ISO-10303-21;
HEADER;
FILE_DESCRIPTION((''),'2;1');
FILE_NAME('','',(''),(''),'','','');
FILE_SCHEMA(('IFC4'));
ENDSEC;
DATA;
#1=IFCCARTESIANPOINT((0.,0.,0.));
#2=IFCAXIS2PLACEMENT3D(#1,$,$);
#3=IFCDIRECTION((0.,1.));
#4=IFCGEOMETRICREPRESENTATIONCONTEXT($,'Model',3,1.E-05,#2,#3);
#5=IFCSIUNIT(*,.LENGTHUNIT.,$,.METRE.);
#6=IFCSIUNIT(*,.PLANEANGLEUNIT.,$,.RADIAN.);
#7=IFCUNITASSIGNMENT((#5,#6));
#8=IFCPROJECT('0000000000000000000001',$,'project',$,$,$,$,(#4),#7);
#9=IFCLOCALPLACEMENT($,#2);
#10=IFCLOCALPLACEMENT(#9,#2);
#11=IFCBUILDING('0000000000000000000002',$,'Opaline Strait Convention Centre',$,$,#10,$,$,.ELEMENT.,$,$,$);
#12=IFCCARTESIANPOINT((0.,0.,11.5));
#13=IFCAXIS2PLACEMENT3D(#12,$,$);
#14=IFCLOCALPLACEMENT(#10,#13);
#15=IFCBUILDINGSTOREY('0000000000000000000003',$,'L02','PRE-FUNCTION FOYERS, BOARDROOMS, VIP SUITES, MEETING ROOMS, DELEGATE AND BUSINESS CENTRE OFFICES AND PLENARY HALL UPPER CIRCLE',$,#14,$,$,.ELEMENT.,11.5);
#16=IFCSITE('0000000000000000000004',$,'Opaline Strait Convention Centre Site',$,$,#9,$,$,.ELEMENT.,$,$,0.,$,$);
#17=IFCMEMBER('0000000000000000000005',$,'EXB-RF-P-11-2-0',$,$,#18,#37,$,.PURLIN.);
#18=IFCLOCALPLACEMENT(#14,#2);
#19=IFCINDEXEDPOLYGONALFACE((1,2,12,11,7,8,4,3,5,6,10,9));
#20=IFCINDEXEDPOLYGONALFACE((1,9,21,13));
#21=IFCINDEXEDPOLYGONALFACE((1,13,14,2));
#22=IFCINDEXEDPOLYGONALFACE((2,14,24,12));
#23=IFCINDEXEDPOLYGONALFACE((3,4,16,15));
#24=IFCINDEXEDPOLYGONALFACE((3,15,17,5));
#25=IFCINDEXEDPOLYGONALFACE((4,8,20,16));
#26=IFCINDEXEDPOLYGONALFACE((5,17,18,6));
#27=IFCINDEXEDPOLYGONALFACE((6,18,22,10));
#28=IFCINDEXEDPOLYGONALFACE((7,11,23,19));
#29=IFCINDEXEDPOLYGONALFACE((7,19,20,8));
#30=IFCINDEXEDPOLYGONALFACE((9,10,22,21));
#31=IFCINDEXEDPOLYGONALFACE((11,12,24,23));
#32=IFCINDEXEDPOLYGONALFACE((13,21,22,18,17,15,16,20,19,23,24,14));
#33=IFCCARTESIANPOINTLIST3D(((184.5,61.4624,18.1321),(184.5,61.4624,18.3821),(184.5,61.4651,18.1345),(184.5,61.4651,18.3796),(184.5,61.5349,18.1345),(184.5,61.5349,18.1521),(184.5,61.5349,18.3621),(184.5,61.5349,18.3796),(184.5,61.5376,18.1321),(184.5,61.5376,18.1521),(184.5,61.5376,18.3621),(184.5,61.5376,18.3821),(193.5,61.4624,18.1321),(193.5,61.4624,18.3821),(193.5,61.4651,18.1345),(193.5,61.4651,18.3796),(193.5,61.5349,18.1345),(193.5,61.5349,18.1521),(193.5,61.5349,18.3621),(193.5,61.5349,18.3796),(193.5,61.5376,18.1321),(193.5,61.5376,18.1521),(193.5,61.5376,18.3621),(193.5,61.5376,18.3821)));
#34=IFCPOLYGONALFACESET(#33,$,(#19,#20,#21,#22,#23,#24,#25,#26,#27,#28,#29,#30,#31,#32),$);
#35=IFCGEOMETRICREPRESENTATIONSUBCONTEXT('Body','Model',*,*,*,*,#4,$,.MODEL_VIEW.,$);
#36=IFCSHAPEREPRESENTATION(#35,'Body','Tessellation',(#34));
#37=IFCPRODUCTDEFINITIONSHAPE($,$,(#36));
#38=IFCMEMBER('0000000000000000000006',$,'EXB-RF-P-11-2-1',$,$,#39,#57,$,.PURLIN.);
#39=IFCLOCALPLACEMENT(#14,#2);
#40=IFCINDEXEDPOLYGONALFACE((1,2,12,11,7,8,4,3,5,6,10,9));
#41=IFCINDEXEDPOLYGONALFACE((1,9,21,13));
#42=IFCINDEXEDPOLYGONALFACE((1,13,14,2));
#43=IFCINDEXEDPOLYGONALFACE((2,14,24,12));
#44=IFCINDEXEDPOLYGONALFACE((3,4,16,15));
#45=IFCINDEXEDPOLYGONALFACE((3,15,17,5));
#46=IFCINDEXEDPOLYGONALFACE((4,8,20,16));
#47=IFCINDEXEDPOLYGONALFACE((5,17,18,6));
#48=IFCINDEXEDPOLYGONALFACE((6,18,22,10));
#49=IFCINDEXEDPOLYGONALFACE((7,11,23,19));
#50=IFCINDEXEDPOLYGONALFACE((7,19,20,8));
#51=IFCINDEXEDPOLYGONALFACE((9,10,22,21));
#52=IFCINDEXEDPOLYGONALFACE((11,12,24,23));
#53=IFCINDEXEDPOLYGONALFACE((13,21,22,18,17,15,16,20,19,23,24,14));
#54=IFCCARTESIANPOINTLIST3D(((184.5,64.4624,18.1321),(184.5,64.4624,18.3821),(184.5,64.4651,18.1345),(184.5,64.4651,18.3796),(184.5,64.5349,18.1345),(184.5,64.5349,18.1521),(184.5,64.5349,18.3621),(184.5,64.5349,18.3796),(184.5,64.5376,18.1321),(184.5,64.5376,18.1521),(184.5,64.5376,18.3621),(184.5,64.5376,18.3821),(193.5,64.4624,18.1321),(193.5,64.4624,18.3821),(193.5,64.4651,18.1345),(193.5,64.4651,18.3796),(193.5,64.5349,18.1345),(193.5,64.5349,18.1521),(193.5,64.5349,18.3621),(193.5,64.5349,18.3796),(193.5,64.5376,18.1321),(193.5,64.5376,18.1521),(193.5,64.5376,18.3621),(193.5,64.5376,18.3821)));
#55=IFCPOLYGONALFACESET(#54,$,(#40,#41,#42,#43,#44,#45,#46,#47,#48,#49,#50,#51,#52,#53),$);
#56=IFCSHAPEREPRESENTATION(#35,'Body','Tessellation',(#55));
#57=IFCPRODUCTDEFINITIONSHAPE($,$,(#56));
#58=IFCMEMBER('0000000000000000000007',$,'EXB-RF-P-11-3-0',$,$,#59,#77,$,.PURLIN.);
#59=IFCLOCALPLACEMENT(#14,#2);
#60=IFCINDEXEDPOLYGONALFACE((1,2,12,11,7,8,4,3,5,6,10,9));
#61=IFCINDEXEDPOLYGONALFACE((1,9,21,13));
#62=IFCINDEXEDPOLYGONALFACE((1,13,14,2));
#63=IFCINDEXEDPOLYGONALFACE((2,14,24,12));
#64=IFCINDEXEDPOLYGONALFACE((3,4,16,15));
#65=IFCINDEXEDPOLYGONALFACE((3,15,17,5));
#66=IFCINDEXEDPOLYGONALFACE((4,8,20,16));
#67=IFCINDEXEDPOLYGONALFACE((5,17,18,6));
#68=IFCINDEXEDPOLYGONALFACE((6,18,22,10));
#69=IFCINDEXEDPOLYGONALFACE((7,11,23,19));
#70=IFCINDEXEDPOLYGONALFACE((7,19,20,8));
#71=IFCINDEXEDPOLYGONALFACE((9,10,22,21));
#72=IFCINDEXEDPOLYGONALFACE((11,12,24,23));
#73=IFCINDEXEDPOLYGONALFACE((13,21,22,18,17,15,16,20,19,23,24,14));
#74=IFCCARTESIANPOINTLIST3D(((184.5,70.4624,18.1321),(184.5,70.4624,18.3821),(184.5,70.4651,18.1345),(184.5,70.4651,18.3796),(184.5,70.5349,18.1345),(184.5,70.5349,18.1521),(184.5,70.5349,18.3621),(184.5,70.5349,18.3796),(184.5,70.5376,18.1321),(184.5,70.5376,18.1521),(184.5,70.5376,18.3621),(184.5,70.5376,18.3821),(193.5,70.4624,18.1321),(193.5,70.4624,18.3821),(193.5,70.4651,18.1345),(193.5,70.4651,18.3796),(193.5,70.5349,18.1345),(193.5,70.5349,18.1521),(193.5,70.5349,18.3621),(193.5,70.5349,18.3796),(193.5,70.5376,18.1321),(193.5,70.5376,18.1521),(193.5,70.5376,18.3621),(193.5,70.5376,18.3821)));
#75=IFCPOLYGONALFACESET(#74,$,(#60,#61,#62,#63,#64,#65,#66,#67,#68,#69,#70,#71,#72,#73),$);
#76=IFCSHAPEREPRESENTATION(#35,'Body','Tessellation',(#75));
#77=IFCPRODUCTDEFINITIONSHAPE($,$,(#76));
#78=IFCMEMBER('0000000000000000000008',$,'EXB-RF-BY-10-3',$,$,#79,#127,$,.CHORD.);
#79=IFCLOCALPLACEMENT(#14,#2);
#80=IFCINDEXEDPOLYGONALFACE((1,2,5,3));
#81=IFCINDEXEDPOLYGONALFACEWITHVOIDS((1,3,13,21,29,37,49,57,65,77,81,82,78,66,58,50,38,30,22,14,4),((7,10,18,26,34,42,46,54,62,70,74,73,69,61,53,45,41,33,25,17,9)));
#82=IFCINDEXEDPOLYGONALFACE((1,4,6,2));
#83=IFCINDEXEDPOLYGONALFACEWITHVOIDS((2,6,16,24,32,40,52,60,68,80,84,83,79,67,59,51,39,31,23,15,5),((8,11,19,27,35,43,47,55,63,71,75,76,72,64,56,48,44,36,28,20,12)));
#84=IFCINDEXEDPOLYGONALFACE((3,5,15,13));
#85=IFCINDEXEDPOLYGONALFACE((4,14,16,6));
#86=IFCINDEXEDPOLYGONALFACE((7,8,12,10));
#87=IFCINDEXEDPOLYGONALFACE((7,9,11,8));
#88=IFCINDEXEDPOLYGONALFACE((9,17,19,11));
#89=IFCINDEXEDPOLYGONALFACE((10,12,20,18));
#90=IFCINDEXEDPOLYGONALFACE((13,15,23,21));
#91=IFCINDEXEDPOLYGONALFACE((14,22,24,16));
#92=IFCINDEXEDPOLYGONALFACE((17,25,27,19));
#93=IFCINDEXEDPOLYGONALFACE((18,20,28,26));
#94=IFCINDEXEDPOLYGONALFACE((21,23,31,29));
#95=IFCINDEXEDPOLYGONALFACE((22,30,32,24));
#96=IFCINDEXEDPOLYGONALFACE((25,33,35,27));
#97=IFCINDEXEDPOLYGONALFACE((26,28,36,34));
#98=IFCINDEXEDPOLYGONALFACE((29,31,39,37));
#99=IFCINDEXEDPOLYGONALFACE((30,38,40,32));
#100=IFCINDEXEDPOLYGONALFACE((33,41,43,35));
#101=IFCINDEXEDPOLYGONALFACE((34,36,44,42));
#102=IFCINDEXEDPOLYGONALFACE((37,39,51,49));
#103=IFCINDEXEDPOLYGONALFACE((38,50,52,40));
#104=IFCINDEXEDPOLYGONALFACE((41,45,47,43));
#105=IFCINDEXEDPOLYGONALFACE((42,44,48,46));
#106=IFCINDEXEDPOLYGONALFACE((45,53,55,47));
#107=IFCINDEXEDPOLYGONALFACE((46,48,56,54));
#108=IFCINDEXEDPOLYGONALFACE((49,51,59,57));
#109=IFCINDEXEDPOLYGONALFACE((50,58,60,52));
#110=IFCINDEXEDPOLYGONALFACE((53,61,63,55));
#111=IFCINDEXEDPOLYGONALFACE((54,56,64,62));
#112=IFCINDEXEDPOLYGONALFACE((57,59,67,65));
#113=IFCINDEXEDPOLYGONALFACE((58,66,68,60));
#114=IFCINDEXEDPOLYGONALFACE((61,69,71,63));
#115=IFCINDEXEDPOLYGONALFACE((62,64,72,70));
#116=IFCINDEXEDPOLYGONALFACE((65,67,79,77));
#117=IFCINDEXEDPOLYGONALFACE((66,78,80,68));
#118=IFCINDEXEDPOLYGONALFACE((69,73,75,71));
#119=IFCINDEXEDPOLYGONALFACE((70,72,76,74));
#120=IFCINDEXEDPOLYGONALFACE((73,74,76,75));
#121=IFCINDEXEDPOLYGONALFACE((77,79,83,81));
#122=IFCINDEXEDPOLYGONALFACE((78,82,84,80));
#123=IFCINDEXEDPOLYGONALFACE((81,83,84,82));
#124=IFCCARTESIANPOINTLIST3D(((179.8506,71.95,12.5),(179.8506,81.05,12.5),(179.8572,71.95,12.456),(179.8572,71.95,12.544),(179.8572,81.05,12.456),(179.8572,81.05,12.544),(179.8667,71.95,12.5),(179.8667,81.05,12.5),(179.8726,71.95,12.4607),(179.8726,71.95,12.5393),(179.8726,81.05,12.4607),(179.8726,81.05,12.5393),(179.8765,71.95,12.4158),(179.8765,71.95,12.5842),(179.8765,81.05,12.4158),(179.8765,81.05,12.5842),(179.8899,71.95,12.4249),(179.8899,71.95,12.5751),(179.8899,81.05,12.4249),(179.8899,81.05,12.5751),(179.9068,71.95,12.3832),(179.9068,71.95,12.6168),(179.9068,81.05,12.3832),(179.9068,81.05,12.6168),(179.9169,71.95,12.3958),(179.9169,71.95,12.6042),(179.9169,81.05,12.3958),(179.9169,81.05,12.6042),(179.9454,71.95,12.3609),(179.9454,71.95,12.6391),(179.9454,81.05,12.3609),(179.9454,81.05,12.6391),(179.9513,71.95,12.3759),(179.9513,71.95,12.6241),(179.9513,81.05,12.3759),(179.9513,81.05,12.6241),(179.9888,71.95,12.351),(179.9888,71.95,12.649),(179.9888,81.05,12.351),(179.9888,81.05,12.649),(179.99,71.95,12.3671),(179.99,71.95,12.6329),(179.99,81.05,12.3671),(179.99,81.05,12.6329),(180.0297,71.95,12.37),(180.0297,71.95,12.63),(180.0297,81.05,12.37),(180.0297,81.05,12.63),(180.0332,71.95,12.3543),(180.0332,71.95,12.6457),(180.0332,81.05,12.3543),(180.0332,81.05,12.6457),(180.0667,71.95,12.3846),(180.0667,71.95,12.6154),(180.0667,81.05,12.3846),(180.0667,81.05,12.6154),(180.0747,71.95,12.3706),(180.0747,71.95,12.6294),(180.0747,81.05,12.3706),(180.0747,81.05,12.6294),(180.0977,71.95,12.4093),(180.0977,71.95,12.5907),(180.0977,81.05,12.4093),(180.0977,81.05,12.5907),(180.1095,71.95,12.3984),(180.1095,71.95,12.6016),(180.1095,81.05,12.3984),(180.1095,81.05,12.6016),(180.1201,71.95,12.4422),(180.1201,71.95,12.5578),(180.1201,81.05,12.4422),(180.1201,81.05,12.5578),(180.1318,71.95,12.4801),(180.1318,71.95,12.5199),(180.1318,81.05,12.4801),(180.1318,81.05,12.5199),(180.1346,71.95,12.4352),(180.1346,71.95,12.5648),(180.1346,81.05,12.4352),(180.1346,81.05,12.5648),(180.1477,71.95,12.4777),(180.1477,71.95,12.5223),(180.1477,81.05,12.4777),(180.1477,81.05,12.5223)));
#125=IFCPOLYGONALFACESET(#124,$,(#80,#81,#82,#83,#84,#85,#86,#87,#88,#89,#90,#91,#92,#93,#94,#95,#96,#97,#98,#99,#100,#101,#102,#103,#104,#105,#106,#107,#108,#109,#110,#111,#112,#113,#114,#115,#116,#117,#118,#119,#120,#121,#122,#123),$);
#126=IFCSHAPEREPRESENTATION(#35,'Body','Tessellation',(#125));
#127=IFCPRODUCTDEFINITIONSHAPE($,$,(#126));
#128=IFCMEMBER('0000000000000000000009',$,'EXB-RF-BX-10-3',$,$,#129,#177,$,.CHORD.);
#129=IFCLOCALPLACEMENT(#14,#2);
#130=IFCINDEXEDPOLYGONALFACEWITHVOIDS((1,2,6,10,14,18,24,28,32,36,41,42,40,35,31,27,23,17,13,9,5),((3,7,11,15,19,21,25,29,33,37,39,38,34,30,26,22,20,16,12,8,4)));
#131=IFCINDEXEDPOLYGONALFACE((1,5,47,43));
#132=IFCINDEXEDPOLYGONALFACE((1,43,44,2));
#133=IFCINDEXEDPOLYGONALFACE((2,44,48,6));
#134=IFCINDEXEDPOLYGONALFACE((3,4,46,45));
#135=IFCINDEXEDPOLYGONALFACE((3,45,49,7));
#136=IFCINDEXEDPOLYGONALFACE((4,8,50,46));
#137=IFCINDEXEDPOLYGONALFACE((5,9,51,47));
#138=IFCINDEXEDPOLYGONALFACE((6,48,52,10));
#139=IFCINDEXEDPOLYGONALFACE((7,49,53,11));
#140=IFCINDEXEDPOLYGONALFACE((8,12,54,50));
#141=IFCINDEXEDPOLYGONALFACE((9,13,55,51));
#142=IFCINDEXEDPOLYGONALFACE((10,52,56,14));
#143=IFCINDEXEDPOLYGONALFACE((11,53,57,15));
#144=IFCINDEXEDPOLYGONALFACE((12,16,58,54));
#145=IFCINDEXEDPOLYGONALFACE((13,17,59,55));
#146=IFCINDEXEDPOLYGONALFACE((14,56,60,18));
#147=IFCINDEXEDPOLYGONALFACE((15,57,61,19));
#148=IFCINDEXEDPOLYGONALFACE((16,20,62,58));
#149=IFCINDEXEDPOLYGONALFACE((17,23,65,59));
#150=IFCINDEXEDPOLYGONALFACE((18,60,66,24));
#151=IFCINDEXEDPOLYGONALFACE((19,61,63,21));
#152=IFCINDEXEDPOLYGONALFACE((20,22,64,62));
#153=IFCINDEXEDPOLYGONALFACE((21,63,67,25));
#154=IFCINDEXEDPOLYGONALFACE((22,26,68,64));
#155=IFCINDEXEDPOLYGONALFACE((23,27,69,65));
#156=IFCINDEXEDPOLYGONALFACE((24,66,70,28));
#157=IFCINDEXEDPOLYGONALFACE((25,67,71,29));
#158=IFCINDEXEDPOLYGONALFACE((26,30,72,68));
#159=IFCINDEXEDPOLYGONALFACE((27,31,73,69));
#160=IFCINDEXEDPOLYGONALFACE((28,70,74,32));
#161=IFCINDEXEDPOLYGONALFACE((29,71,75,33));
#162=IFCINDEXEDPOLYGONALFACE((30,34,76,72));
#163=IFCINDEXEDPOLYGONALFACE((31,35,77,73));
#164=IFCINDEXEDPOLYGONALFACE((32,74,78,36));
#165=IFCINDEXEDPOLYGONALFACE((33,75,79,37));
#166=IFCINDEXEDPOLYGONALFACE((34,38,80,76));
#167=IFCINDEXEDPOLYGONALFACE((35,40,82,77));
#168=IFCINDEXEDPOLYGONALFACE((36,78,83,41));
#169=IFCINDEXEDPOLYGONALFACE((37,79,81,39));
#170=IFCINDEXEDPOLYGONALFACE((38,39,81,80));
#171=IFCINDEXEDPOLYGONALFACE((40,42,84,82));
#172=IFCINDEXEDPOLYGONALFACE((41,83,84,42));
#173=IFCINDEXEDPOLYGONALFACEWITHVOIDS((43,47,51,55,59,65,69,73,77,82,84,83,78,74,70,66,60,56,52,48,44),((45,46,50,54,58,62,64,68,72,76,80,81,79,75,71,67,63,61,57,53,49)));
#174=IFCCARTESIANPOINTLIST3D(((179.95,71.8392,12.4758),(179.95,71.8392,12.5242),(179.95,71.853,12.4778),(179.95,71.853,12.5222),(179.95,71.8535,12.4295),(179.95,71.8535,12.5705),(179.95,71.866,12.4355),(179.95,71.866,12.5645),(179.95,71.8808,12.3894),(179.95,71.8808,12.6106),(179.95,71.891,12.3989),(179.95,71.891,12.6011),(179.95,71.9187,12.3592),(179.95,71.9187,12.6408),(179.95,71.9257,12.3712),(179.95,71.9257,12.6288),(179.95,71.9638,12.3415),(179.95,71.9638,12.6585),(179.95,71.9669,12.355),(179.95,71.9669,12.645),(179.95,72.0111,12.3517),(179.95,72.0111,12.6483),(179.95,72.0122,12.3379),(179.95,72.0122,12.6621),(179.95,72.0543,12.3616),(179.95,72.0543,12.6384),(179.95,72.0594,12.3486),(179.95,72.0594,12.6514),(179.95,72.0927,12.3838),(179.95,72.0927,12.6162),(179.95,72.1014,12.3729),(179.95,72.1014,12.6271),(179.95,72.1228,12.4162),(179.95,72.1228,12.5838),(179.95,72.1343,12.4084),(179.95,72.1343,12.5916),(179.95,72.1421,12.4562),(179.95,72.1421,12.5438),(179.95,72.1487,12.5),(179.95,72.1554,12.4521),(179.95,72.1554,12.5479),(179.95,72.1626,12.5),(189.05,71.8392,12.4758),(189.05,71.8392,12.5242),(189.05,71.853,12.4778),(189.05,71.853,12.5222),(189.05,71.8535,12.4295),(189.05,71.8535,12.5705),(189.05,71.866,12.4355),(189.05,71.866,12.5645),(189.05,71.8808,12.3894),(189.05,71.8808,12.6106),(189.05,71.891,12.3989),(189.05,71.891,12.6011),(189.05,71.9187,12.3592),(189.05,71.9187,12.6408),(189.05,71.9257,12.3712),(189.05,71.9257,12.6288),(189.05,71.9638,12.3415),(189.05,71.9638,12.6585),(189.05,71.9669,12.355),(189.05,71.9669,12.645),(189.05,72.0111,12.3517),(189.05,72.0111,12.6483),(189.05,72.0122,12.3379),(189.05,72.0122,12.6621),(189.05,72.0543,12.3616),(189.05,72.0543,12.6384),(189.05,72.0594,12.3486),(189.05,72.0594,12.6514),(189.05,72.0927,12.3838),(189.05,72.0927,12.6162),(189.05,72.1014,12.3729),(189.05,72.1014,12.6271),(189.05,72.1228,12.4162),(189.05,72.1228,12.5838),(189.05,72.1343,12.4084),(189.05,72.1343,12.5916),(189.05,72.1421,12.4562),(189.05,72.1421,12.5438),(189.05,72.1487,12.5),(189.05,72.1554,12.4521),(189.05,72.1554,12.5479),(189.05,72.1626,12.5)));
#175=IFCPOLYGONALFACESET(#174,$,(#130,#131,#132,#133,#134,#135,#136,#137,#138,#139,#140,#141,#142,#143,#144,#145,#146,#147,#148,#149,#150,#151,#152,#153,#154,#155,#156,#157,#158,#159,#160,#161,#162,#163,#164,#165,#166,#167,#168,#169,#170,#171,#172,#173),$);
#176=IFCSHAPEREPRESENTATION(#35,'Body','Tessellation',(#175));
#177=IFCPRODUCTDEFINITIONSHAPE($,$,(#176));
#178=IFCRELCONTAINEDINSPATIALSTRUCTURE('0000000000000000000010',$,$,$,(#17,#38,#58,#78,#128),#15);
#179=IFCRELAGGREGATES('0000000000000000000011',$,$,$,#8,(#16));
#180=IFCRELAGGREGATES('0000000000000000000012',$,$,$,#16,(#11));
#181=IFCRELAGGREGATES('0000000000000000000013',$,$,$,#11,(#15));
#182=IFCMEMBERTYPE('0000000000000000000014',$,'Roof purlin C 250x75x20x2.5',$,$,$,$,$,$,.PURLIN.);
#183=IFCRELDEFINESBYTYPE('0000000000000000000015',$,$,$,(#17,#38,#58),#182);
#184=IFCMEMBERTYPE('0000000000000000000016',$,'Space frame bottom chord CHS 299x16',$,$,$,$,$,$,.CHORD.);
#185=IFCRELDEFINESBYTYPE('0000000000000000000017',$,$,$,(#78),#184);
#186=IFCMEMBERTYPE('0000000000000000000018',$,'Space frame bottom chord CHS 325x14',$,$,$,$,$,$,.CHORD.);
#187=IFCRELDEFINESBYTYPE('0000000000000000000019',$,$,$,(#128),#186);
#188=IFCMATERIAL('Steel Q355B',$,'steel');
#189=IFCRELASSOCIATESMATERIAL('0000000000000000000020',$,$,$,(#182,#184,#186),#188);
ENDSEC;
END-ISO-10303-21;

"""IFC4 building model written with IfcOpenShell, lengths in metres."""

from ifc_helpers import new_model, si_unit, direction, frame, origin, origin_2d, place, context, subcontext, project, spatial, polyline, hollow_circle, outline, extrude, material, material_profile, profile_set, type_object, element, save


model = new_model("IFC4")

# Units and contexts
model_context = context("Model", 3, precision=1e-05, world=origin(), true_north=direction((0.0, 1.0)))
body_context = subcontext(model_context, "Body", "Model", "MODEL_VIEW")
ifc_project = project(units=[si_unit("LENGTHUNIT", "METRE"), si_unit("PLANEANGLEUNIT", "RADIAN")], contexts=[model_context])

# Site, building, storey
site_placement = place(None, origin())
site = spatial("IfcSite", under=ifc_project, at=site_placement, Name="Opaline Strait Convention Centre Site", CompositionType="ELEMENT", RefElevation=0.0)
building_placement = place(site_placement, origin())
building = spatial("IfcBuilding", under=site, at=building_placement, Name="Opaline Strait Convention Centre", CompositionType="ELEMENT")
storey_placement = place(building_placement, frame((0.0, 0.0, 11.5)))
storey = spatial("IfcBuildingStorey", under=building, at=storey_placement, Name="L02", Description="PRE-FUNCTION FOYERS, BOARDROOMS, VIP SUITES, MEETING ROOMS, DELEGATE AND BUSINESS CENTRE OFFICES AND PLENARY HALL UPPER CIRCLE", CompositionType="ELEMENT", Elevation=11.5)

# Members
ifc_material = material(Name="Steel Q355B", Category="steel")
ifc_material_profile_1 = material_profile(ifc_material, outline(polyline([(-0.0376, -0.125), (0.0376, -0.125), (0.0376, -0.105), (0.0349, -0.105), (0.0349, -0.1226), (-0.0349, -0.1226), (-0.0349, 0.1226), (0.0349, 0.1226), (0.0349, 0.105), (0.0376, 0.105), (0.0376, 0.125), (-0.0376, 0.125), (-0.0376, -0.125)])), Name="C 250x75x20x2.5")
ifc_profile_set_1 = profile_set([ifc_material_profile_1], Name="Steel Q355B")
member_type_1 = type_object("IfcMemberType", Name="Roof purlin C 250x75x20x2.5", PredefinedType="PURLIN", material=ifc_profile_set_1)
for number, where, z_axis, x_axis, name in (
    (1, (184.5, 61.5, 18.2571), (1.0, 0.0, 0.0), (0.0, 1.0, 0.0), "EXB-RF-P-11-2-0"),
    (2, (184.5, 64.5, 18.2571), (1.0, 0.0, 0.0), (0.0, 1.0, 0.0), "EXB-RF-P-11-2-1"),
    (3, (184.5, 70.5, 18.2571), (1.0, 0.0, 0.0), (0.0, 1.0, 0.0), "EXB-RF-P-11-3-0"),
):
    element("IfcMember", number, at=place(storey_placement, frame(where, z_axis=z_axis, x_axis=x_axis)), inside=storey, type_object=member_type_1, Name=name, PredefinedType="PURLIN", context=body_context, shape_type="SweptSolid", body=[
        extrude(outline(polyline([(-0.0376, -0.125), (0.0376, -0.125), (0.0376, -0.105), (0.0349, -0.105), (0.0349, -0.1226), (-0.0349, -0.1226), (-0.0349, 0.1226), (0.0349, 0.1226), (0.0349, 0.105), (0.0376, 0.105), (0.0376, 0.125), (-0.0376, 0.125), (-0.0376, -0.125)])), origin(), (0.0, 0.0, 1.0), 9.0),
    ])
ifc_material_profile_2 = material_profile(ifc_material, hollow_circle(Radius=0.1494, WallThickness=0.0161, at=origin_2d()), Name="CHS 299x16")
ifc_profile_set_2 = profile_set([ifc_material_profile_2], Name="Steel Q355B")
member_type_2 = type_object("IfcMemberType", Name="Space frame bottom chord CHS 299x16", PredefinedType="CHORD", material=ifc_profile_set_2)
member_1_placement = place(storey_placement, frame((180.0, 71.95, 12.5), z_axis=(0.0, 1.0, 0.0), x_axis=(-1.0, 0.0, 0.0)))
element("IfcMember", 4, at=member_1_placement, inside=storey, type_object=member_type_2, Name="EXB-RF-BY-10-3", PredefinedType="CHORD", context=body_context, shape_type="SweptSolid", body=[
    extrude(hollow_circle(Radius=0.1494, WallThickness=0.0161, at=origin_2d()), origin(), (0.0, 0.0, 1.0), 9.1001),
])
ifc_material_profile_3 = material_profile(ifc_material, hollow_circle(Radius=0.1626, WallThickness=0.0139, at=origin_2d()), Name="CHS 325x14")
ifc_profile_set_3 = profile_set([ifc_material_profile_3], Name="Steel Q355B")
member_type_3 = type_object("IfcMemberType", Name="Space frame bottom chord CHS 325x14", PredefinedType="CHORD", material=ifc_profile_set_3)
for number, where, z_axis, x_axis, name in (
    (5, (179.95, 72.0, 12.5), (1.0, 0.0, 0.0), (0.0, 1.0, 0.0), "EXB-RF-BX-10-3"),
):
    element("IfcMember", number, at=place(storey_placement, frame(where, z_axis=z_axis, x_axis=x_axis)), inside=storey, type_object=member_type_3, Name=name, PredefinedType="CHORD", context=body_context, shape_type="SweptSolid", body=[
        extrude(hollow_circle(Radius=0.1626, WallThickness=0.0139, at=origin_2d()), origin(), (0.0, 0.0, 1.0), 9.1001),
    ])

save(model, "model.ifc")
